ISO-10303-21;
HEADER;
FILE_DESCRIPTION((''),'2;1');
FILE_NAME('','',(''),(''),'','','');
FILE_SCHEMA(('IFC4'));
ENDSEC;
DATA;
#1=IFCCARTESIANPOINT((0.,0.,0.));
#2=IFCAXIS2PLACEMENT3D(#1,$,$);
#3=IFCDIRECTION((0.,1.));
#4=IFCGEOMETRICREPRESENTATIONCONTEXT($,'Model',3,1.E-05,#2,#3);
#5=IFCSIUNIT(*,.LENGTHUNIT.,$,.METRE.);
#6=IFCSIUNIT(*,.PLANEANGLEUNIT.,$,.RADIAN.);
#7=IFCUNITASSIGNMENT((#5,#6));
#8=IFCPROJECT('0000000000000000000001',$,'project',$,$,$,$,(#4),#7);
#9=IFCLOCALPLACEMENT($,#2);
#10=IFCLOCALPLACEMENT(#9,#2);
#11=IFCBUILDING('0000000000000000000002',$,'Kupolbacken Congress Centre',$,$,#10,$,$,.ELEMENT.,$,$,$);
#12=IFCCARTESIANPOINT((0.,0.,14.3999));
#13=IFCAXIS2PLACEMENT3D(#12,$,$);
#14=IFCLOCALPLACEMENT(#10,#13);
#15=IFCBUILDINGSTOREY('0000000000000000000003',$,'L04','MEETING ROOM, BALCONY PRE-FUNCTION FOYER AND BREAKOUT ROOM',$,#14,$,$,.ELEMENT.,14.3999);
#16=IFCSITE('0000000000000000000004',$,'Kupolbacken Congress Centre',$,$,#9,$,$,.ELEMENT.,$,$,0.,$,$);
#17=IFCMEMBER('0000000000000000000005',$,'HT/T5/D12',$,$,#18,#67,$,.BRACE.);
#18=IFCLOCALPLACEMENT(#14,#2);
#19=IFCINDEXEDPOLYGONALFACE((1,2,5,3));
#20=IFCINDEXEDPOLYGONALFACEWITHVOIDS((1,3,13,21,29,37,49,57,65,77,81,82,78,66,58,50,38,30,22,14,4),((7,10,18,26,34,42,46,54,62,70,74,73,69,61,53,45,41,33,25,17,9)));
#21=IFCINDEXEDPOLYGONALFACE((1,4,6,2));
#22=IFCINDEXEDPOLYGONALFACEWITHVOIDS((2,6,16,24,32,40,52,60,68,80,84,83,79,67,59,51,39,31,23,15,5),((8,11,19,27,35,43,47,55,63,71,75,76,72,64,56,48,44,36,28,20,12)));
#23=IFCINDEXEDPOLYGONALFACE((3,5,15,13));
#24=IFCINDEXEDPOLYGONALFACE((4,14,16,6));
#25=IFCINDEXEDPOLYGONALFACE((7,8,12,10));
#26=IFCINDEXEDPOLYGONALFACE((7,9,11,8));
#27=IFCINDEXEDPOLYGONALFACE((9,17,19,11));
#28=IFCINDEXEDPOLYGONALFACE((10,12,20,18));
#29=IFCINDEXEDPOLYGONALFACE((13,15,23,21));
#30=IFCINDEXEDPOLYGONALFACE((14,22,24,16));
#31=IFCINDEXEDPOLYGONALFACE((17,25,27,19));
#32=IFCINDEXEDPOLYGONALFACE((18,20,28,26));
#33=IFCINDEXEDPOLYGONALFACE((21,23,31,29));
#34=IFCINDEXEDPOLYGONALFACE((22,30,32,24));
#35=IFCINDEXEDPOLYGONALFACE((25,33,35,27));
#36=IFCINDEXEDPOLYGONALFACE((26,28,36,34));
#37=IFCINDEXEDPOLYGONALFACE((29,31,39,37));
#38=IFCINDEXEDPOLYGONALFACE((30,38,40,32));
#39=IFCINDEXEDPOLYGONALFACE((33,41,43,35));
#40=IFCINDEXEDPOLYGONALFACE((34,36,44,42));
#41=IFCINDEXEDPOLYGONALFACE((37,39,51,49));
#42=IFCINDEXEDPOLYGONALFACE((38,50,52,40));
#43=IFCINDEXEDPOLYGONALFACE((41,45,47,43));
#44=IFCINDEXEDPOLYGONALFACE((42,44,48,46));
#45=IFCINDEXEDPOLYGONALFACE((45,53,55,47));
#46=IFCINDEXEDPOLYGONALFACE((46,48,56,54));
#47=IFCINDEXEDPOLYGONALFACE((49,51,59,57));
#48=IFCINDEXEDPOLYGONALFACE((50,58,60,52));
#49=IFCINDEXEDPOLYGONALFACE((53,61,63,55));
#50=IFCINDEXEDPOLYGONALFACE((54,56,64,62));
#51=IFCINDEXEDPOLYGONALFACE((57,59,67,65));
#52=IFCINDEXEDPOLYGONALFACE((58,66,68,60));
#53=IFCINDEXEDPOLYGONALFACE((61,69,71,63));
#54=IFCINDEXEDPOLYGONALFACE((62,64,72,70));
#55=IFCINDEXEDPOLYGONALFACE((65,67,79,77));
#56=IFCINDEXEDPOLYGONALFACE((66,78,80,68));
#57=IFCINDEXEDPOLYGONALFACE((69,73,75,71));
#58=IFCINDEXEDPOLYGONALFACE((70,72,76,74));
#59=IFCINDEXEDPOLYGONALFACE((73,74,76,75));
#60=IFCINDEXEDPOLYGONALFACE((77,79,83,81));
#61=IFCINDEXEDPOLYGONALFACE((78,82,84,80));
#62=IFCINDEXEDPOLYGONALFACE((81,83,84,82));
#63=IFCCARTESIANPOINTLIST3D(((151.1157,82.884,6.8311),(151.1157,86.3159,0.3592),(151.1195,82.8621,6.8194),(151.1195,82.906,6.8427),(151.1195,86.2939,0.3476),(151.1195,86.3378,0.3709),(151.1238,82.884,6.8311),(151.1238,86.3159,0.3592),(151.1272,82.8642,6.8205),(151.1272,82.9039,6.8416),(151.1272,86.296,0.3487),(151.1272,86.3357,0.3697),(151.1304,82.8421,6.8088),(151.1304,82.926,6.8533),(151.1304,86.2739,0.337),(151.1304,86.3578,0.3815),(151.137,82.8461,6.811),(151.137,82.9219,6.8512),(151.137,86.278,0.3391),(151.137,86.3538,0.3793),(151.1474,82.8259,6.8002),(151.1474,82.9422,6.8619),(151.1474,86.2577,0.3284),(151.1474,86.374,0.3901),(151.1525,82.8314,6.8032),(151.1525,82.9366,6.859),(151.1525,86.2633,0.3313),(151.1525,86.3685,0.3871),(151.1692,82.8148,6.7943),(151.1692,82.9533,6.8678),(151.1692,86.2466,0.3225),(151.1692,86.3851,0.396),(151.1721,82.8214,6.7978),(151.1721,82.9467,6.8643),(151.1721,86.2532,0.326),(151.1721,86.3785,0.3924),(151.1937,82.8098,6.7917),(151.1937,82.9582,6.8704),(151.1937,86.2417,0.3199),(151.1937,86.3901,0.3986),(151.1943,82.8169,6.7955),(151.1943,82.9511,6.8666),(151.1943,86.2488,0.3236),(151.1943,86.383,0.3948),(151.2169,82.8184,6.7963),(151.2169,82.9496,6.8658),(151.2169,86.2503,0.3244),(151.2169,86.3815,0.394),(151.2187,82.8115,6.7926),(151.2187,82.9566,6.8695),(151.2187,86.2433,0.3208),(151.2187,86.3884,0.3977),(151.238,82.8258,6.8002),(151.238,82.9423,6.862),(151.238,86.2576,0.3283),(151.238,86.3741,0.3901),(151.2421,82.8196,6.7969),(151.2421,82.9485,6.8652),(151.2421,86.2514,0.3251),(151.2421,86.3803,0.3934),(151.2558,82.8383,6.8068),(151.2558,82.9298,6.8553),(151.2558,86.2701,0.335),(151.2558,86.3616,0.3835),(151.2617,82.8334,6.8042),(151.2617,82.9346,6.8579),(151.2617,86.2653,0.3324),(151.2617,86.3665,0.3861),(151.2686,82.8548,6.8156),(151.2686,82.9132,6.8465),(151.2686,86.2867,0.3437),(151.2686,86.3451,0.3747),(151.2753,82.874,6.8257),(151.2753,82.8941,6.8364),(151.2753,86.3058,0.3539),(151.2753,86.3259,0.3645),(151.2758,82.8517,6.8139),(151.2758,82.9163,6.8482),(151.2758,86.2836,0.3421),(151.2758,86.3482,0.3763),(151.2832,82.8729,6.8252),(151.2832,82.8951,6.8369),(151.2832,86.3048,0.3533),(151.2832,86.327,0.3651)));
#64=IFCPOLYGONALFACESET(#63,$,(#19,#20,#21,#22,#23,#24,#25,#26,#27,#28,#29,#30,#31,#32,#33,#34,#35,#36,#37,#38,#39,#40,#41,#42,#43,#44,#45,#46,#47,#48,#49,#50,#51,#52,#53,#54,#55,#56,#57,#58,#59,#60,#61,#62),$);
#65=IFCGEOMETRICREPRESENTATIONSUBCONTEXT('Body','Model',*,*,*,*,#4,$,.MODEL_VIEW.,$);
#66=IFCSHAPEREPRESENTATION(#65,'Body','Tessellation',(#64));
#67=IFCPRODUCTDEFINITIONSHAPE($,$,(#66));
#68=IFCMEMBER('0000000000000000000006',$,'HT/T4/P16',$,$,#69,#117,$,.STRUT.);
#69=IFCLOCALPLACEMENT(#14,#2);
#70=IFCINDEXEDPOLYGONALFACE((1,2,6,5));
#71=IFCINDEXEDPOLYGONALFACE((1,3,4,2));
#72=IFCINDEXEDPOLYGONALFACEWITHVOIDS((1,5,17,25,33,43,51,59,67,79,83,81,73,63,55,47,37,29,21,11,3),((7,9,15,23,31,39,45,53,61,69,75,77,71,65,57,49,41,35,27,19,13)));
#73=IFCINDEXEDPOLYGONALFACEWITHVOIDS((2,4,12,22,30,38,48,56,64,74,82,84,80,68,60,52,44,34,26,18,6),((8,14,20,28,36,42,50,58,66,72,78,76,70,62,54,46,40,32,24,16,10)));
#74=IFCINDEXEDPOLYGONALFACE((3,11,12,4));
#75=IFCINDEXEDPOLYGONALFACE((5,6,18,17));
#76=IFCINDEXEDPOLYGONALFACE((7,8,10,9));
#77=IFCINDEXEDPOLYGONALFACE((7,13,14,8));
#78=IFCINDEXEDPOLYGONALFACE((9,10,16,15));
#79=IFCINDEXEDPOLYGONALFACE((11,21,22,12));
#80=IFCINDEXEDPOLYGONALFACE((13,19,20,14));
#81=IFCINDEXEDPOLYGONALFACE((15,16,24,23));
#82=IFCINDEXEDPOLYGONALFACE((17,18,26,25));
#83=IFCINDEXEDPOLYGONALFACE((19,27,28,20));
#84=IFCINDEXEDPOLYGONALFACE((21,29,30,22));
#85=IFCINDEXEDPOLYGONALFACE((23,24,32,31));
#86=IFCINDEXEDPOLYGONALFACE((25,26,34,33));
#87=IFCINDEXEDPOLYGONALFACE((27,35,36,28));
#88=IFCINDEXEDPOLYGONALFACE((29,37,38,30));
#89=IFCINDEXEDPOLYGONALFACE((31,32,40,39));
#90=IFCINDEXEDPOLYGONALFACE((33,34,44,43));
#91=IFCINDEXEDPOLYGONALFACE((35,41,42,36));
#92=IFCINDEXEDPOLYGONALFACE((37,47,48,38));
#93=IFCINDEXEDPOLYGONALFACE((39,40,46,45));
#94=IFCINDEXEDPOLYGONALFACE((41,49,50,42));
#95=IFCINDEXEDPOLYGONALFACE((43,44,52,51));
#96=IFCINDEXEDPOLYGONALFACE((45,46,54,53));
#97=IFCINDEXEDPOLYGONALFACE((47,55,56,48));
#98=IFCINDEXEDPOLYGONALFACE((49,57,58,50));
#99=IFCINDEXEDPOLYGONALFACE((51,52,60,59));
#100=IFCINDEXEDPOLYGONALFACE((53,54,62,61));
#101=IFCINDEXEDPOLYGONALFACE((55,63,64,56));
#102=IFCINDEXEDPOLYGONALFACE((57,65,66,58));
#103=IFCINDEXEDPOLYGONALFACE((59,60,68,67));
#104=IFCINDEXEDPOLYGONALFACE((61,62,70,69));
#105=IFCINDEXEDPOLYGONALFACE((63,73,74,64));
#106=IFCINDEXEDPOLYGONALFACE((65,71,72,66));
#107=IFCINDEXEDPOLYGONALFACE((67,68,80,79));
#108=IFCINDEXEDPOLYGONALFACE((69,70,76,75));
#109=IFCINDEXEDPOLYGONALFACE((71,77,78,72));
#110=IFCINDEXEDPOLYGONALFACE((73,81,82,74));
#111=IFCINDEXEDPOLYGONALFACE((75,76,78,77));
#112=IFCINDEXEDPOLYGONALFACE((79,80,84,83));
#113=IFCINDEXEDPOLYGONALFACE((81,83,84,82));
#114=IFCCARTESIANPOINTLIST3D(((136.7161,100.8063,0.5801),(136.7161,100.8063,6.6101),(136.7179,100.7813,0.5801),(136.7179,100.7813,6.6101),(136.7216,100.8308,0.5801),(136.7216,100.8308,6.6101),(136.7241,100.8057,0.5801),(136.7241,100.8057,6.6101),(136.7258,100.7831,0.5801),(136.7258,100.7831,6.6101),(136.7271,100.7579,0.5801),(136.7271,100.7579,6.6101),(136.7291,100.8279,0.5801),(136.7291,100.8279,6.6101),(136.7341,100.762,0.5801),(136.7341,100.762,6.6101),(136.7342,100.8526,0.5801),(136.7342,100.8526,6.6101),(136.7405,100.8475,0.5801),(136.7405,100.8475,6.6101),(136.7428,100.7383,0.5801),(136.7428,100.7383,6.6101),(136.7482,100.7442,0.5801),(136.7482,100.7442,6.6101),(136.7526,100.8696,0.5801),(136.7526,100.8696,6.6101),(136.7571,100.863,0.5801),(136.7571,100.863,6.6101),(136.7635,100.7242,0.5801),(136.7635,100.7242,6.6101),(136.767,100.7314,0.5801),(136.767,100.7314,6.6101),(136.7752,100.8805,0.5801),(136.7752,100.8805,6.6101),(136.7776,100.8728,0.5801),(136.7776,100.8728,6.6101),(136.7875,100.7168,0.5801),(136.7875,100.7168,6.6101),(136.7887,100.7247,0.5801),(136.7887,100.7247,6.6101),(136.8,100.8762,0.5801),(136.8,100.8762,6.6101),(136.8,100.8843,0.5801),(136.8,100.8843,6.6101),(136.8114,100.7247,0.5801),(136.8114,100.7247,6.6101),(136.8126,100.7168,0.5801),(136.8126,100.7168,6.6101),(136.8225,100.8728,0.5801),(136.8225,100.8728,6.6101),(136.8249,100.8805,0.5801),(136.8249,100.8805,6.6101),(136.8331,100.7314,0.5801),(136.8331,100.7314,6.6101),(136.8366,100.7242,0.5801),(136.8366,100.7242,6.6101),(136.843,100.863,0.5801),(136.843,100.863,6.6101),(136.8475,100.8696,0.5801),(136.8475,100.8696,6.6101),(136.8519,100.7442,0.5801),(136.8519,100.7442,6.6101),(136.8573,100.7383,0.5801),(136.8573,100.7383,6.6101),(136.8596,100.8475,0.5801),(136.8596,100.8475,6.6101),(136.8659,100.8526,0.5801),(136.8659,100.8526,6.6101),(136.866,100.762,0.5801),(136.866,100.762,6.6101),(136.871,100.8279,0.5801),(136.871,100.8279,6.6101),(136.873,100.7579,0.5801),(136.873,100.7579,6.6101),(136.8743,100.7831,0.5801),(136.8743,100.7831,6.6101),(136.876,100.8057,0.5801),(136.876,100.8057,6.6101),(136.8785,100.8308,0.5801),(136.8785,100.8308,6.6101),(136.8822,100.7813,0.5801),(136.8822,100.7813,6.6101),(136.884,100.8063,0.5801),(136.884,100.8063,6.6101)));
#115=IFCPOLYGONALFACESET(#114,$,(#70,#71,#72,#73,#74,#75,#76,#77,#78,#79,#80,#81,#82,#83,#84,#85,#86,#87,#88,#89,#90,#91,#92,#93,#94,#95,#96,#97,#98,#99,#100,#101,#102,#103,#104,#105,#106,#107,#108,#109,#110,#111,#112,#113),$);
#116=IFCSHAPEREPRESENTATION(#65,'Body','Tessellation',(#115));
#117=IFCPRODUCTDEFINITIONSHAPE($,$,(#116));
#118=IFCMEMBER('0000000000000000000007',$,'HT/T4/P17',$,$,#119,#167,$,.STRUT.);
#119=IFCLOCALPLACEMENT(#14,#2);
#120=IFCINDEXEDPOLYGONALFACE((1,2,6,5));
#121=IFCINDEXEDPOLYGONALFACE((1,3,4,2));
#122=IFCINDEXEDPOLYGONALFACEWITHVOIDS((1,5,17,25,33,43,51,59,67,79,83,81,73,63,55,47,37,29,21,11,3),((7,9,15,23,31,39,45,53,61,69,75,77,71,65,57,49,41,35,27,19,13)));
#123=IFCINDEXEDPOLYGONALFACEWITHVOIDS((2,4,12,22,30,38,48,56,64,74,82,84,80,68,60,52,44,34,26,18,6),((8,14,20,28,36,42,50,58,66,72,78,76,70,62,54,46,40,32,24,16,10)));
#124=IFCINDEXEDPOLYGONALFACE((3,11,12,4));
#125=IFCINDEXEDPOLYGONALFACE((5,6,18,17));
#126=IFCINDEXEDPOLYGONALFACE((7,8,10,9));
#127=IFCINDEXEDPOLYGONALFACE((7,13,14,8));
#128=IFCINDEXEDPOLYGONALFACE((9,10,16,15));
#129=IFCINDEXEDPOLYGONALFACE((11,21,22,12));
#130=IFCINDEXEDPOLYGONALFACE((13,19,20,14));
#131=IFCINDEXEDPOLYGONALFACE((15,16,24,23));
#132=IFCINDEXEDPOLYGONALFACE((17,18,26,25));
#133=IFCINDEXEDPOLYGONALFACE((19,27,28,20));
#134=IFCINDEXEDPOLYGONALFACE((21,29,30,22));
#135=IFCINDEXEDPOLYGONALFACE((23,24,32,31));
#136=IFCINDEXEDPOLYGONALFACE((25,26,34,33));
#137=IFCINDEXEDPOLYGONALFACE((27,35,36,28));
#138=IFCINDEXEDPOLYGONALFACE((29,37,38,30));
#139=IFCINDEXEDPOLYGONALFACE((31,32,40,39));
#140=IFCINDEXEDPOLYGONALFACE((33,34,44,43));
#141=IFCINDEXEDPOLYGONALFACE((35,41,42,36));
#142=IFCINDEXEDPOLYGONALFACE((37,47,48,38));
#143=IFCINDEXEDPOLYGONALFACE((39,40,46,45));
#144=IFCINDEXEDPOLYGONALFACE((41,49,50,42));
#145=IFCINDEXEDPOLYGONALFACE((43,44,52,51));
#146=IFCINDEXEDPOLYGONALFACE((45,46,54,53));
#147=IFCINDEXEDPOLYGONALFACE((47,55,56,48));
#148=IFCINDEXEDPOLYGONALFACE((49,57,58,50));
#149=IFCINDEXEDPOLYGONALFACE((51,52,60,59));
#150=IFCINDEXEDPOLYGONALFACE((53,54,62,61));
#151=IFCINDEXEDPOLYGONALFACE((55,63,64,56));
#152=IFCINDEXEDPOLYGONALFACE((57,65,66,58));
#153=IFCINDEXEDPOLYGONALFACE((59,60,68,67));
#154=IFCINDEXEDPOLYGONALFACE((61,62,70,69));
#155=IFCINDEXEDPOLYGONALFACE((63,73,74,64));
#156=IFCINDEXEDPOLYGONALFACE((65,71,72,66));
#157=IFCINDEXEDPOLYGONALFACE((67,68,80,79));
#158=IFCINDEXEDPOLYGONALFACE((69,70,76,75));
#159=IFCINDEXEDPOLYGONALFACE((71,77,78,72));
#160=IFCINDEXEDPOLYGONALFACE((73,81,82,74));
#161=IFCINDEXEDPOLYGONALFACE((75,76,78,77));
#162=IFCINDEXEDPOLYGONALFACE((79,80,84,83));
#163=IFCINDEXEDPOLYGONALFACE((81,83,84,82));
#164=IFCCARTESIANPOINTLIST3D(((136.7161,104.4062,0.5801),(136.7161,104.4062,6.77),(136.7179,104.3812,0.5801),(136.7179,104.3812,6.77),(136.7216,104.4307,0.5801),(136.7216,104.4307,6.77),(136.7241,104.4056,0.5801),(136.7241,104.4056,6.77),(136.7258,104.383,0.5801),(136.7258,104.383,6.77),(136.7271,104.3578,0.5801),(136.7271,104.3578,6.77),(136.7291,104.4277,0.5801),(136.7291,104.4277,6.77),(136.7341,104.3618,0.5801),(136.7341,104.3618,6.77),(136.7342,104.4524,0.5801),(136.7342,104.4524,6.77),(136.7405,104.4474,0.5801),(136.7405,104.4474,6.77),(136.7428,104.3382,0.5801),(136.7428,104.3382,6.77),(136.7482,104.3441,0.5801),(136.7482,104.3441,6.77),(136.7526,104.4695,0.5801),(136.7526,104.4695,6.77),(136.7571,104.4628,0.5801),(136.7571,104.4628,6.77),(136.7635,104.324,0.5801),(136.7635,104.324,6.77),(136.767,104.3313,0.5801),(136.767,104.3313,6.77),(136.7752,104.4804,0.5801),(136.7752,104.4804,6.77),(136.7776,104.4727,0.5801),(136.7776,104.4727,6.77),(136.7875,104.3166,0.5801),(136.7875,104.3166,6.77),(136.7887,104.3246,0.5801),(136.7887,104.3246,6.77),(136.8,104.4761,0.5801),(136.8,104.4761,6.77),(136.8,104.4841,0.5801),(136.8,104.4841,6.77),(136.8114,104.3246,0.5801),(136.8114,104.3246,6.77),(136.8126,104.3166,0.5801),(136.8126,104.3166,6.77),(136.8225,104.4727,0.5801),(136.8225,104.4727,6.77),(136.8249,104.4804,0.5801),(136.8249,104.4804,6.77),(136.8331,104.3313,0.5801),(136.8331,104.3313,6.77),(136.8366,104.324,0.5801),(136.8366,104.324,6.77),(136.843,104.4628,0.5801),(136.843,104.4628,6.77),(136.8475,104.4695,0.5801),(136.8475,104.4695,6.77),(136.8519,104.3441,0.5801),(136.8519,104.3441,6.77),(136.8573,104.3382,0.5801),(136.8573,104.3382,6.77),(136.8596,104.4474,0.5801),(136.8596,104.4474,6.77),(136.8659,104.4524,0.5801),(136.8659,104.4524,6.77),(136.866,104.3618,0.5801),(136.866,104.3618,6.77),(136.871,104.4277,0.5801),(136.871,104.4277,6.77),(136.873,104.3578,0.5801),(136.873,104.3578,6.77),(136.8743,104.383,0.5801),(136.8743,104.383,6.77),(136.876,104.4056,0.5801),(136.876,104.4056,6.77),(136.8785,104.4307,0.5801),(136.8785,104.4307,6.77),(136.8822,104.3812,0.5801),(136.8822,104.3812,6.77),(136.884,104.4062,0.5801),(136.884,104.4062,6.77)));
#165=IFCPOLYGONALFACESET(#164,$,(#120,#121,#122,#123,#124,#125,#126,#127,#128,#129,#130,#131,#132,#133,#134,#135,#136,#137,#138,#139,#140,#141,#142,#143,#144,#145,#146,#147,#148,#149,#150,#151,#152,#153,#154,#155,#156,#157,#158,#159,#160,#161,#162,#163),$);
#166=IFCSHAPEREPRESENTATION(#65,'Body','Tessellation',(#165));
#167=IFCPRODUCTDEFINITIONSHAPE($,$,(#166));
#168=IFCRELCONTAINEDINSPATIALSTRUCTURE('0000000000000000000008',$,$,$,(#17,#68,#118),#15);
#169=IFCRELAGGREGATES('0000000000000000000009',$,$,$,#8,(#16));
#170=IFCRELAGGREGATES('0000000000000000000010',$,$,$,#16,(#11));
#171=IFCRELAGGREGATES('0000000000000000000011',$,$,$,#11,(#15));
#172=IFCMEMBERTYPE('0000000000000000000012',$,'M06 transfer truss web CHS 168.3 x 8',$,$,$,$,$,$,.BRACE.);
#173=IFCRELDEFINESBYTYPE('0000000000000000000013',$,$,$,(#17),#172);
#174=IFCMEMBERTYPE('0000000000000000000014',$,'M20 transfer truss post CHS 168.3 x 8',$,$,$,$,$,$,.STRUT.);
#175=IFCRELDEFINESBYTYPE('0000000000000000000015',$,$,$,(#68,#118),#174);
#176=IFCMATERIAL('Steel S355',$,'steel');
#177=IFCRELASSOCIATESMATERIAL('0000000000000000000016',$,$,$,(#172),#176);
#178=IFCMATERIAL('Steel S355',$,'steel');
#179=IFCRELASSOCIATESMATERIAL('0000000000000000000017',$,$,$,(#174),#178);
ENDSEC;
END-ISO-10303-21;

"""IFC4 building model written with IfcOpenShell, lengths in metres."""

from ifc_helpers import new_model, si_unit, direction, frame, origin, origin_2d, place, context, subcontext, project, spatial, hollow_circle, extrude, material, material_profile, profile_set, type_object, element, save


model = new_model("IFC4")

# Units and contexts
model_context = context("Model", 3, precision=1e-05, world=origin(), true_north=direction((0.0, 1.0)))
body_context = subcontext(model_context, "Body", "Model", "MODEL_VIEW")
ifc_project = project(units=[si_unit("LENGTHUNIT", "METRE"), si_unit("PLANEANGLEUNIT", "RADIAN")], contexts=[model_context])

# Site, building, storey
site_placement = place(None, origin())
site = spatial("IfcSite", under=ifc_project, at=site_placement, Name="Kupolbacken Congress Centre", CompositionType="ELEMENT", RefElevation=0.0)
building_placement = place(site_placement, origin())
building = spatial("IfcBuilding", under=site, at=building_placement, Name="Kupolbacken Congress Centre", CompositionType="ELEMENT")
storey_placement = place(building_placement, frame((0.0, 0.0, 14.3999)))
storey = spatial("IfcBuildingStorey", under=building, at=storey_placement, Name="L04", Description="MEETING ROOM, BALCONY PRE-FUNCTION FOYER AND BREAKOUT ROOM", CompositionType="ELEMENT", Elevation=14.3999)

# Members
ifc_material_1 = material(Name="Steel S355", Category="steel")
ifc_material_profile_1 = material_profile(ifc_material_1, hollow_circle(Radius=0.0842, WallThickness=0.0081, at=origin_2d()), Name="CHS 168.3 x 8")
ifc_profile_set_1 = profile_set([ifc_material_profile_1], Name="Steel S355")
member_type_1 = type_object("IfcMemberType", Name="M06 transfer truss web CHS 168.3 x 8", PredefinedType="BRACE", material=ifc_profile_set_1)
for number, where, z_axis, x_axis, name in (
    (1, (151.2, 82.884, 6.8311), (0.0, 0.468482, -0.883473), (-1.0, 0.0, 0.0), "HT/T5/D12"),
):
    element("IfcMember", number, at=place(storey_placement, frame(where, z_axis=z_axis, x_axis=x_axis)), inside=storey, type_object=member_type_1, Name=name, PredefinedType="BRACE", context=body_context, shape_type="SweptSolid", body=[
        extrude(hollow_circle(Radius=0.0842, WallThickness=0.0081, at=origin_2d()), origin(), (0.0, 0.0, 1.0), 7.3254),
    ])
ifc_material_2 = material(Name="Steel S355", Category="steel")
ifc_material_profile_2 = material_profile(ifc_material_2, hollow_circle(Radius=0.0842, WallThickness=0.0081, at=origin_2d()), Name="CHS 168.3 x 8")
ifc_profile_set_2 = profile_set([ifc_material_profile_2], Name="Steel S355")
member_type_2 = type_object("IfcMemberType", Name="M20 transfer truss post CHS 168.3 x 8", PredefinedType="STRUT", material=ifc_profile_set_2)
member_1_placement = place(storey_placement, frame((136.8, 100.8, 0.5801), z_axis=(0.0, 0.0, 1.0), x_axis=(0.0, 1.0, 0.0)))
element("IfcMember", 2, at=member_1_placement, inside=storey, type_object=member_type_2, Name="HT/T4/P16", PredefinedType="STRUT", context=body_context, shape_type="SweptSolid", body=[
    extrude(hollow_circle(Radius=0.0842, WallThickness=0.0081, at=origin_2d()), origin(), (0.0, 0.0, 1.0), 6.03),
])
member_2_placement = place(storey_placement, frame((136.8, 104.3999, 0.5801), z_axis=(0.0, 0.0, 1.0), x_axis=(0.0, 1.0, 0.0)))
element("IfcMember", 3, at=member_2_placement, inside=storey, type_object=member_type_2, Name="HT/T4/P17", PredefinedType="STRUT", context=body_context, shape_type="SweptSolid", body=[
    extrude(hollow_circle(Radius=0.0842, WallThickness=0.0081, at=origin_2d()), origin(), (0.0, 0.0, 1.0), 6.1899),
])

save(model, "model.ifc")
